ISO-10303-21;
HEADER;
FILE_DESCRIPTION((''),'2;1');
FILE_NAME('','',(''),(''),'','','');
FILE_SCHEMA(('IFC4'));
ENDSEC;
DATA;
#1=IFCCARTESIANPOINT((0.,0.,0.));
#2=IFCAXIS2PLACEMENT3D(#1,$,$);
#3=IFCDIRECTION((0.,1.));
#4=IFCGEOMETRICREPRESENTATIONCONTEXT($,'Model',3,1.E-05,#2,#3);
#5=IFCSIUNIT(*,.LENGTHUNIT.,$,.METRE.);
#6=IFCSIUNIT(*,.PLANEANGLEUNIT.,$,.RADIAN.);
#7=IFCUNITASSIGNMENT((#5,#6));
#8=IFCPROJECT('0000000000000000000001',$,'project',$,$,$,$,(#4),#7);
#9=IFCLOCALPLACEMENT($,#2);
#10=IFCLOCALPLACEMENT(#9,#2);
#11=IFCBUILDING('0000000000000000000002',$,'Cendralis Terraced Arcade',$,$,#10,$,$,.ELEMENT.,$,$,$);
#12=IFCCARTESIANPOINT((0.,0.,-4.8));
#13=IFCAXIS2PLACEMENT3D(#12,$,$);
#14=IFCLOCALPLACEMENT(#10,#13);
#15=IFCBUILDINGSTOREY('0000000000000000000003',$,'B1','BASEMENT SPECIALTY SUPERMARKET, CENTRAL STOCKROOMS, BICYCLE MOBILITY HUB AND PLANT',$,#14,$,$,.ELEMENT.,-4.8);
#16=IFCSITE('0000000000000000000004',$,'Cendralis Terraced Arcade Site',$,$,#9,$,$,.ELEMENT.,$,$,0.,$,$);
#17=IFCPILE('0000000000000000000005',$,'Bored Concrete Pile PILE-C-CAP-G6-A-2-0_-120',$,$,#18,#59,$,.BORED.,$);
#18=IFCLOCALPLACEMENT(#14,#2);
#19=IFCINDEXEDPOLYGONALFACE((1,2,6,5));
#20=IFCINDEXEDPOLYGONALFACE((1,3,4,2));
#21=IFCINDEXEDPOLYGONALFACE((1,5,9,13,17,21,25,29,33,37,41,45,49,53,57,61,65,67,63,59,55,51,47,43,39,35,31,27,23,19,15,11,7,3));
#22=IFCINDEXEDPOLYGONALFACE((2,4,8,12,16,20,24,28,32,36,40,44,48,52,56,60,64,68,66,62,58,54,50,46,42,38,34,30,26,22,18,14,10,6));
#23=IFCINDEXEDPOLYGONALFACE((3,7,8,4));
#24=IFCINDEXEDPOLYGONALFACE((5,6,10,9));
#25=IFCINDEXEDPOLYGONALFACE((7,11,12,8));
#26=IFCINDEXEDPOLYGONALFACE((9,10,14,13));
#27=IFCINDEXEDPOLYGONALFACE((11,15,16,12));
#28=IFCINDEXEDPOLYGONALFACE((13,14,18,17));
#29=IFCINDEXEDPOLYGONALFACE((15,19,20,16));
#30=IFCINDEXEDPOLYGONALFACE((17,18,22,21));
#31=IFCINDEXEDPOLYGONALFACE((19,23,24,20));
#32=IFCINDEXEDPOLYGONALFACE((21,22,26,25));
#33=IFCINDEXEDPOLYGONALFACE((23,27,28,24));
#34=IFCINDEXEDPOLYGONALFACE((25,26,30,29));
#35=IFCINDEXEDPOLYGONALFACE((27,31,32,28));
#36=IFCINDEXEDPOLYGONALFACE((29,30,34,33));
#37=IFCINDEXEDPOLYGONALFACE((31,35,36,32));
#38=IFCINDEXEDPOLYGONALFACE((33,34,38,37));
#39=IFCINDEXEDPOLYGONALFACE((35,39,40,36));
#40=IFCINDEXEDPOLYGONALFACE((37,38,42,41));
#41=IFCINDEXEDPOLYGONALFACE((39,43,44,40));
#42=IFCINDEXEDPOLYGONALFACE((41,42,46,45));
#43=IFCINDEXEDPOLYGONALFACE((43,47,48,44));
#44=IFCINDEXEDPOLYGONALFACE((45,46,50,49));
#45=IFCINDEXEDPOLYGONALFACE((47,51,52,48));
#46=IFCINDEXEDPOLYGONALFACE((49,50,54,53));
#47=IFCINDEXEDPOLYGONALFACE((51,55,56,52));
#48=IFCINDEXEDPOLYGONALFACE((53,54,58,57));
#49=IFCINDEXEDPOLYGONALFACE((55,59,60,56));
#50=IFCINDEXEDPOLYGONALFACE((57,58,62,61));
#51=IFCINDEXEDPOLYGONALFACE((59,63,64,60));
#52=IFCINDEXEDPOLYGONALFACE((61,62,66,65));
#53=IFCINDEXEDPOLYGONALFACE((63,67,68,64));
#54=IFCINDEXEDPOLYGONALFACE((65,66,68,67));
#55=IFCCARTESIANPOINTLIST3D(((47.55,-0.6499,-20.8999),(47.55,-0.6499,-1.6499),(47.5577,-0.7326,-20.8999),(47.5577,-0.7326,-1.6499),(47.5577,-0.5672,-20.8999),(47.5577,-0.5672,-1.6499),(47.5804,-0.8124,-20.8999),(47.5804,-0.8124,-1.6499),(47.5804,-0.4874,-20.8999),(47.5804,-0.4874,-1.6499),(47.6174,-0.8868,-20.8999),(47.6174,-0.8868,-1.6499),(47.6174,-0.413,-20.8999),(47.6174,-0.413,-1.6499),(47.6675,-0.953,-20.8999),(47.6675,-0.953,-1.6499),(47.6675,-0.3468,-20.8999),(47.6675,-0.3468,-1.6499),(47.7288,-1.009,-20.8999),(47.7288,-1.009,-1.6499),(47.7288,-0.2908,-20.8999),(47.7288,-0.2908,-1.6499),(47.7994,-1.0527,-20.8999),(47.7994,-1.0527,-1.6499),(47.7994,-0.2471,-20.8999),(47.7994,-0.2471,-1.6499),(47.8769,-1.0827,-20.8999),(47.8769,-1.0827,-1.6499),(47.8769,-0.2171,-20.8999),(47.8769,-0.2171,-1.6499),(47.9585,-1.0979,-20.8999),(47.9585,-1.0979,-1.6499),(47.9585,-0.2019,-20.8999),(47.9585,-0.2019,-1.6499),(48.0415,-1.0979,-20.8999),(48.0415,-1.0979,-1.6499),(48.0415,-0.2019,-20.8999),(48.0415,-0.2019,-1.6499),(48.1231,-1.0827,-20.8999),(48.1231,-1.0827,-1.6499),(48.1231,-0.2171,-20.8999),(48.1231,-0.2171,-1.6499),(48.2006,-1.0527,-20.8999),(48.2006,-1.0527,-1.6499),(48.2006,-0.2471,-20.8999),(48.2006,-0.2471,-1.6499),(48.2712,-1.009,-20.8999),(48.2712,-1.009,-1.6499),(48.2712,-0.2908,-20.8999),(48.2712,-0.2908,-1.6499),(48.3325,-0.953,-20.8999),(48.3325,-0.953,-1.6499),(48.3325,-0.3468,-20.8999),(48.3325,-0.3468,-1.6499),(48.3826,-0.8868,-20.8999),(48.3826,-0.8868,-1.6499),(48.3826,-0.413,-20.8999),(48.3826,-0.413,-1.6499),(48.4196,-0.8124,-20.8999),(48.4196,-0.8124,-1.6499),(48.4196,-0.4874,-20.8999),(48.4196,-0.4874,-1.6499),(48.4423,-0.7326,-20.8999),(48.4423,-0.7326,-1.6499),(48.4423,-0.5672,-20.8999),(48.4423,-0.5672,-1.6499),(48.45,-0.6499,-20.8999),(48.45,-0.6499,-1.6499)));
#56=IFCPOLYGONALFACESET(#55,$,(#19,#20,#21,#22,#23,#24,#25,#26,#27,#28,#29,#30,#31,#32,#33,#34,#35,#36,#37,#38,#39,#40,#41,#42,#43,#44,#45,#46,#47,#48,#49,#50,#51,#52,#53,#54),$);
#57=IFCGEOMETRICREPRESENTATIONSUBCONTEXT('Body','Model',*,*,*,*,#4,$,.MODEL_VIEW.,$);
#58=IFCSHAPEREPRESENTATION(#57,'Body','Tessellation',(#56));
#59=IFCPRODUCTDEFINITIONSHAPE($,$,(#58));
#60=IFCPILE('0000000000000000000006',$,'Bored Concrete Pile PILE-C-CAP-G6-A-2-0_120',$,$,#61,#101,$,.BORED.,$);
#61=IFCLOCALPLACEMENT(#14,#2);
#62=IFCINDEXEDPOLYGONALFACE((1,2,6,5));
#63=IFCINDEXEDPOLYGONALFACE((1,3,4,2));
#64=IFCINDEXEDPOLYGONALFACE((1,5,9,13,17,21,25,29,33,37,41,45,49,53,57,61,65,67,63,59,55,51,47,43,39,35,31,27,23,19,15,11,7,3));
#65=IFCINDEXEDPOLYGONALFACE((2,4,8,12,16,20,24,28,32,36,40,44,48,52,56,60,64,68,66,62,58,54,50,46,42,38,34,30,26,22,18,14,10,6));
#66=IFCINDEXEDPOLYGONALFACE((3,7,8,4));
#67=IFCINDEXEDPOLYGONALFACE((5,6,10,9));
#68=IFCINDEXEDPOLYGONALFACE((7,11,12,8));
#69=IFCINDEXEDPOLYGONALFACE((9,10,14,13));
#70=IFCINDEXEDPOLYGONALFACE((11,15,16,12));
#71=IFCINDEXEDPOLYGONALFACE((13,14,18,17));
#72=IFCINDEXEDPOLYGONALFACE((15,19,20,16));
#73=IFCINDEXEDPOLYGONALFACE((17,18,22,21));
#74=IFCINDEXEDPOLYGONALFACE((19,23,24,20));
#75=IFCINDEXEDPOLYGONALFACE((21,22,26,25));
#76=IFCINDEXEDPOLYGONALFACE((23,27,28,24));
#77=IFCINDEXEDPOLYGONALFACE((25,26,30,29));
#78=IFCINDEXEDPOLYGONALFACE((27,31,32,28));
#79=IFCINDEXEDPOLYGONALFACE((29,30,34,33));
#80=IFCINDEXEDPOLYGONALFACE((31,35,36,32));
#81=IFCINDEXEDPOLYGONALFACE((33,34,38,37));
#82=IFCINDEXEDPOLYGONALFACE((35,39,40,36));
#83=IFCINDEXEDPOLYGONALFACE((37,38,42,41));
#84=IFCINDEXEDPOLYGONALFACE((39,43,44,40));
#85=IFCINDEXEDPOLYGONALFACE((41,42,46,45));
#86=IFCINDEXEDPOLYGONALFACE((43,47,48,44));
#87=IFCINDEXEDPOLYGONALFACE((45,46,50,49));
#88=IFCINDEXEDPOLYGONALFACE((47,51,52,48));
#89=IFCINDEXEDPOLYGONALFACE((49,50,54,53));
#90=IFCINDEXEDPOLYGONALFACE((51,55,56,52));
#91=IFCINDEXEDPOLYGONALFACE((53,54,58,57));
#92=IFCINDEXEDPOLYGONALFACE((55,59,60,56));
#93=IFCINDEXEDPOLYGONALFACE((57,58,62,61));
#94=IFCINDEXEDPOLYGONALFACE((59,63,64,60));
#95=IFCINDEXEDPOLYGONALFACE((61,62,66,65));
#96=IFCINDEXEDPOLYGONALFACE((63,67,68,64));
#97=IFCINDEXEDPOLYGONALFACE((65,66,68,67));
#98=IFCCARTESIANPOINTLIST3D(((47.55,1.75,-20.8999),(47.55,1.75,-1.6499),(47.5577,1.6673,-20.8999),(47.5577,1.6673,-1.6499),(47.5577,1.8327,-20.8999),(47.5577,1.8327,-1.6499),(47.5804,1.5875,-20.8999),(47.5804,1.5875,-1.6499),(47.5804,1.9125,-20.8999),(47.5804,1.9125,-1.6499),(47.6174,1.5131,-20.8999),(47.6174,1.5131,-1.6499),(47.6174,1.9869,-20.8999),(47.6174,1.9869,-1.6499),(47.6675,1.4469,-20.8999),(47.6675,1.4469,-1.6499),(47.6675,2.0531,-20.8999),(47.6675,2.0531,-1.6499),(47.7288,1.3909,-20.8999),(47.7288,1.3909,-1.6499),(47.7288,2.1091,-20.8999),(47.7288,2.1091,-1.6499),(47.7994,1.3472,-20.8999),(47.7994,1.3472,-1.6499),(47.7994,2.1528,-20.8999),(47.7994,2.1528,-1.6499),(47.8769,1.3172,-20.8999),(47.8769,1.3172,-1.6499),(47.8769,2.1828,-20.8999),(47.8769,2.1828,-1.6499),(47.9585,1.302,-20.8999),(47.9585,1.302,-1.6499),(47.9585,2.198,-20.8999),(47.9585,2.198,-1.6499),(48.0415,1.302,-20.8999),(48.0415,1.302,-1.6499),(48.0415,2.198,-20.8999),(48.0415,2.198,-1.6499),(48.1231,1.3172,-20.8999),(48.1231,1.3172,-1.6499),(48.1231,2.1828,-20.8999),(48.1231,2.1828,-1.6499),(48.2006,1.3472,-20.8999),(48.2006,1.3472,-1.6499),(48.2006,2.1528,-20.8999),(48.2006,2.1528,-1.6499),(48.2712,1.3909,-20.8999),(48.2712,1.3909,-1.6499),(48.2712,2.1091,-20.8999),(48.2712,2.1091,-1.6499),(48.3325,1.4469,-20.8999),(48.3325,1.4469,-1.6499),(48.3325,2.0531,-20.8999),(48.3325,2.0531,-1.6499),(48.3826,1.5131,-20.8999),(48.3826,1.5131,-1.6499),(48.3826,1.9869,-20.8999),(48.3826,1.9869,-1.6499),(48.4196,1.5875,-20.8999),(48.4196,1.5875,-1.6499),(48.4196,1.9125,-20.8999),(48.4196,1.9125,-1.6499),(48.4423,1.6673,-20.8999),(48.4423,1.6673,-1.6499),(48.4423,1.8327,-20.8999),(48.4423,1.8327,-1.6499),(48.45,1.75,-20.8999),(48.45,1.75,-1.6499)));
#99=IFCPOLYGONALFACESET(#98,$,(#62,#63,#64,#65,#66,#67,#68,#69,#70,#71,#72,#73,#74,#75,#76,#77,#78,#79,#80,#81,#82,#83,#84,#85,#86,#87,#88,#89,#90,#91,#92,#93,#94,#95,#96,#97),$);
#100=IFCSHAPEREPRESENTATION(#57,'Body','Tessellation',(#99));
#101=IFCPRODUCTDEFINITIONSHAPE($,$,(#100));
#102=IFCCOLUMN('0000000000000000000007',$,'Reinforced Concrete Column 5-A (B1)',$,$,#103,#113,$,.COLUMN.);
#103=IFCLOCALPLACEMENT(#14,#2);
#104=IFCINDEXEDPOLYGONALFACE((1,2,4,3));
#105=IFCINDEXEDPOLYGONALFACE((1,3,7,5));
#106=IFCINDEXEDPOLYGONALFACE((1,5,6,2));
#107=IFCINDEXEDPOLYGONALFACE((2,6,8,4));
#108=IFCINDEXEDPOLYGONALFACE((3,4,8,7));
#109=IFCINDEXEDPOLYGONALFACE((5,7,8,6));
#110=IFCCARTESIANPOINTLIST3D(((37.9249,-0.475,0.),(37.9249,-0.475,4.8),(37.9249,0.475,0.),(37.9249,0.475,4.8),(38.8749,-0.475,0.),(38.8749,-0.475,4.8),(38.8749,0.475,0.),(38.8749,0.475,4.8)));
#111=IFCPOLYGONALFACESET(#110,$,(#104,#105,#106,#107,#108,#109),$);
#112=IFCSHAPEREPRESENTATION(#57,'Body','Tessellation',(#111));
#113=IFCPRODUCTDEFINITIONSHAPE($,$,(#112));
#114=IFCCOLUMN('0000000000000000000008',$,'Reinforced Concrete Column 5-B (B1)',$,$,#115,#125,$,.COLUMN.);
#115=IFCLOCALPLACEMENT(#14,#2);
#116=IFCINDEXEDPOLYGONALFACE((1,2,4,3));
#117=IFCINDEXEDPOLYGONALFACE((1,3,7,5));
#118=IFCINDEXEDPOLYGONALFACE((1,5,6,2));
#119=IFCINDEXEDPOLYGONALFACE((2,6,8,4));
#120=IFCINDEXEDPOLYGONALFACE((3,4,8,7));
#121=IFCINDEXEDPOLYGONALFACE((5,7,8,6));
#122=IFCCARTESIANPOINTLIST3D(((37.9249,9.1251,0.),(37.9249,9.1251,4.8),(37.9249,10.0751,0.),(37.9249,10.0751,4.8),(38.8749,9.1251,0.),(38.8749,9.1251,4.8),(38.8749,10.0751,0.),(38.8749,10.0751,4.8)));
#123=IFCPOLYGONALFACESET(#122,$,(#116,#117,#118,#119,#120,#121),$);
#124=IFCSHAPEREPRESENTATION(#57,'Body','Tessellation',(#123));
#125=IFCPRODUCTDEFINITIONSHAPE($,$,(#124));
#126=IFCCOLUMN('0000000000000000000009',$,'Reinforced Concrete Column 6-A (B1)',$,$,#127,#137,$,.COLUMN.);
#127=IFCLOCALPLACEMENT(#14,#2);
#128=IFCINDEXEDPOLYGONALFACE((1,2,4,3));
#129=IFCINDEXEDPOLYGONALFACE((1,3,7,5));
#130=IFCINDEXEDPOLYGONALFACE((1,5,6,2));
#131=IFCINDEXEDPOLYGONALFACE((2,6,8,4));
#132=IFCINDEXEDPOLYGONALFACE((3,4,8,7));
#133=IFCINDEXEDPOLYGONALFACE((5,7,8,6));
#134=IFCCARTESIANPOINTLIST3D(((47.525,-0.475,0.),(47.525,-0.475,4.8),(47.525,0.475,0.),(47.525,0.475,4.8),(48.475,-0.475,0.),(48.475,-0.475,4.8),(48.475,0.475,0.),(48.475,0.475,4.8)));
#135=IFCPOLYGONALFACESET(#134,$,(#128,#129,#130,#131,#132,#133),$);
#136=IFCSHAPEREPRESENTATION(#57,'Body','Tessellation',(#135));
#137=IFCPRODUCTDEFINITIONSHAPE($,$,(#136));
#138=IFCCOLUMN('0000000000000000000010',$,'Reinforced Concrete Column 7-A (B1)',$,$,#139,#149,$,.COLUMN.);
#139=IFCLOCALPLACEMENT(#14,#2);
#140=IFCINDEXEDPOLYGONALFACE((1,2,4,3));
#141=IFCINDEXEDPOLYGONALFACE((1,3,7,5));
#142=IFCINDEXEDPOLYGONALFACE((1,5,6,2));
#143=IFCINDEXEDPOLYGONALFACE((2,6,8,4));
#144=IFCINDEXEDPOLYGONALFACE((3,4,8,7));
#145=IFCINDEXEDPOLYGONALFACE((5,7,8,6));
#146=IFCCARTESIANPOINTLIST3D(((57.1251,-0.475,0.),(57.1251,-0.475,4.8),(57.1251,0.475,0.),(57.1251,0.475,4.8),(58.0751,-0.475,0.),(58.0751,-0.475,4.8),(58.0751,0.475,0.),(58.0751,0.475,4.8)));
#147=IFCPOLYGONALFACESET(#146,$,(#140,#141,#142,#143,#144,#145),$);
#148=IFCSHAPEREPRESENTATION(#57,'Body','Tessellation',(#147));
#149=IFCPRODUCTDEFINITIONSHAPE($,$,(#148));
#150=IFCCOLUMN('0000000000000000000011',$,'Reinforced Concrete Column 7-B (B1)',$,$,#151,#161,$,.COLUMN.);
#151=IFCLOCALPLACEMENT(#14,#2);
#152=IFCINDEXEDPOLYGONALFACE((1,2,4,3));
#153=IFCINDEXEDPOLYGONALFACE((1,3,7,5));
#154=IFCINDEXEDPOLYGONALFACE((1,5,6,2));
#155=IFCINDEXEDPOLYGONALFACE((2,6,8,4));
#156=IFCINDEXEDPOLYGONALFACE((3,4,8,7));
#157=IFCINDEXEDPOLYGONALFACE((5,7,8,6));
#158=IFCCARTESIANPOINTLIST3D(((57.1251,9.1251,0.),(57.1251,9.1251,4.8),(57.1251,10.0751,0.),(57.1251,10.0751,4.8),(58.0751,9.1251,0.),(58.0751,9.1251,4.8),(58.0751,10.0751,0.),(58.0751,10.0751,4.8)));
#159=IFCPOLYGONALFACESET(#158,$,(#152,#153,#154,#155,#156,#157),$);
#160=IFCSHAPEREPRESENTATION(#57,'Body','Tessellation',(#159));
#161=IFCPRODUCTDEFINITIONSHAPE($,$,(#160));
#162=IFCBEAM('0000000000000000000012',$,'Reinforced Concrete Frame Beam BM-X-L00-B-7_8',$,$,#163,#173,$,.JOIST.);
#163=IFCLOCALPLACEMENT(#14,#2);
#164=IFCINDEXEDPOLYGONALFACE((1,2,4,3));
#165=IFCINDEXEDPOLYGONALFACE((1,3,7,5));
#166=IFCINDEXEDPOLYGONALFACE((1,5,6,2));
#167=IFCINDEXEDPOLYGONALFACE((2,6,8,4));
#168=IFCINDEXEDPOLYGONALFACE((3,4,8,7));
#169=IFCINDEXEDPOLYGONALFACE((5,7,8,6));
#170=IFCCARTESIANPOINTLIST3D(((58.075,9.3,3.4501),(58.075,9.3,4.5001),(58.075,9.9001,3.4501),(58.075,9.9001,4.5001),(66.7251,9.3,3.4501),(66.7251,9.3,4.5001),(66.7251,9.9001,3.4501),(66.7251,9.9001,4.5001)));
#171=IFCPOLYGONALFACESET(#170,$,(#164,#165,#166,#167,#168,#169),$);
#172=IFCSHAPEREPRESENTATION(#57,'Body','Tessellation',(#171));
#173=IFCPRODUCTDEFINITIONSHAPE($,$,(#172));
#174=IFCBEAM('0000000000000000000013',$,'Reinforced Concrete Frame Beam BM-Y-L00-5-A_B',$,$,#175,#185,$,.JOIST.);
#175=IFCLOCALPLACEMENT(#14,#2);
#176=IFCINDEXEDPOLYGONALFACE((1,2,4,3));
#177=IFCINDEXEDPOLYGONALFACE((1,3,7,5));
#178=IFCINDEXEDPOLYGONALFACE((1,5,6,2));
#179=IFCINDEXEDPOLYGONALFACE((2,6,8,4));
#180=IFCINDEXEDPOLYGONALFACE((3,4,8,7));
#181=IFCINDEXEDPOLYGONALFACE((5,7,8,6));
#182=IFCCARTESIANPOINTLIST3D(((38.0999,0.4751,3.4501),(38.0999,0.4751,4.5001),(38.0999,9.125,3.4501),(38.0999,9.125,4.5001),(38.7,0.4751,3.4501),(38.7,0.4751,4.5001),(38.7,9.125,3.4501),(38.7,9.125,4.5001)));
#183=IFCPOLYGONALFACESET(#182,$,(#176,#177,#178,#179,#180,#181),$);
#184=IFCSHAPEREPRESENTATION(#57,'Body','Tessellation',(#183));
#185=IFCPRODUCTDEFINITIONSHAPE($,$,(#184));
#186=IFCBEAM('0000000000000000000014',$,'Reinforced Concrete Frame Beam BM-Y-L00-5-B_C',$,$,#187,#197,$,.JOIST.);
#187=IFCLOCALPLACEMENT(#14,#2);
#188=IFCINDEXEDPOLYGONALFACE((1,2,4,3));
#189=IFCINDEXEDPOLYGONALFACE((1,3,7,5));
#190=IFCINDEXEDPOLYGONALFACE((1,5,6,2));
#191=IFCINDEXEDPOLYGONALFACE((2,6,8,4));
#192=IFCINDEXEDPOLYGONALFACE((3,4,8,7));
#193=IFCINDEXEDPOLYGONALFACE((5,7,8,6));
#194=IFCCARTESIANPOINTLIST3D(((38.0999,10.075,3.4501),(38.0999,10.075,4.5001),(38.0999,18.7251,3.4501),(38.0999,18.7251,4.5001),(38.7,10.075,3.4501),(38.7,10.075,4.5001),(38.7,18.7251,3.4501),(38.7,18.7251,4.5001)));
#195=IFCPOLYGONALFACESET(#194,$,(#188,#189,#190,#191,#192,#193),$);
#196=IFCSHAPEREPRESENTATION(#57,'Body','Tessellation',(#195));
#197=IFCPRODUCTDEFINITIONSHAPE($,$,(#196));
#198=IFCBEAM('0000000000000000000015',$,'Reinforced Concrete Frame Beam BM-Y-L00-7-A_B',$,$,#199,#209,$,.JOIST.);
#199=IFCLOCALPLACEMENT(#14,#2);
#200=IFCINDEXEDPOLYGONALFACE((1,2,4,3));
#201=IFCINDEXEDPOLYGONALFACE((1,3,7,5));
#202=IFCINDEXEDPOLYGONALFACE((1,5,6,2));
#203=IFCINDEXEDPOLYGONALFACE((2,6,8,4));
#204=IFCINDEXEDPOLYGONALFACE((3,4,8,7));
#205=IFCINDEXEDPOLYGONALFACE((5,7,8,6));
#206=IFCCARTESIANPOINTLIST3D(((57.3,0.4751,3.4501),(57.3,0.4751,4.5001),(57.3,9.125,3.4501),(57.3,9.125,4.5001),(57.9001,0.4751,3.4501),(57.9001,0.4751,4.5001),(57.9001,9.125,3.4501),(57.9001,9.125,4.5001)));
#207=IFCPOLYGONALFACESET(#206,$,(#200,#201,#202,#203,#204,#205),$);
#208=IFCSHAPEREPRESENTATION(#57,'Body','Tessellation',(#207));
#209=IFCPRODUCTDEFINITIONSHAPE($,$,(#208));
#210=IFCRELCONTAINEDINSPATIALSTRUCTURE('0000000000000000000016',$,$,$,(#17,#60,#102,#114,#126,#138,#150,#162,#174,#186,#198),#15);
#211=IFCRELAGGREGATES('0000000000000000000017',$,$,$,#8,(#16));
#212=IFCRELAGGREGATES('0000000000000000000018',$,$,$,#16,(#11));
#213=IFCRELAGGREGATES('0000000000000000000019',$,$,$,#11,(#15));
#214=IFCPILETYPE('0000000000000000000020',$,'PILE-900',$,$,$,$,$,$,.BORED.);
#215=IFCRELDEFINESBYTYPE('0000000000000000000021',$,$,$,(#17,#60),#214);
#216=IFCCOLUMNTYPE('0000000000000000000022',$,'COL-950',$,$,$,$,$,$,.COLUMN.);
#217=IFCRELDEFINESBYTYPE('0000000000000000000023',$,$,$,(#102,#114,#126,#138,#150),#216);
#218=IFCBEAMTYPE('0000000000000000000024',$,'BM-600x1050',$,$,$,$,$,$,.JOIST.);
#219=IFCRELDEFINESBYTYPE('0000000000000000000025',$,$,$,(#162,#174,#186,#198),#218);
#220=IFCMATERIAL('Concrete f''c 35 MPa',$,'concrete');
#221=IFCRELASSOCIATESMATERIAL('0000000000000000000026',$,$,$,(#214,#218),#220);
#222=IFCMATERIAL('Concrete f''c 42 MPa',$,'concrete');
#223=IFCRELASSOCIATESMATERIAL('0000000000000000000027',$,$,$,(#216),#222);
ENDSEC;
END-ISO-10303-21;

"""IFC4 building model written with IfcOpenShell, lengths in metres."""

from ifc_helpers import new_model, si_unit, direction, frame, origin, origin_2d, place, context, subcontext, project, spatial, rectangle, circle, extrude, material, material_profile, profile_set, type_object, element, save


model = new_model("IFC4")

# Units and contexts
model_context = context("Model", 3, precision=1e-05, world=origin(), true_north=direction((0.0, 1.0)))
body_context = subcontext(model_context, "Body", "Model", "MODEL_VIEW")
ifc_project = project(units=[si_unit("LENGTHUNIT", "METRE"), si_unit("PLANEANGLEUNIT", "RADIAN")], contexts=[model_context])

# Site, building, storey
site_placement = place(None, origin())
site = spatial("IfcSite", under=ifc_project, at=site_placement, Name="Cendralis Terraced Arcade Site", CompositionType="ELEMENT", RefElevation=0.0)
building_placement = place(site_placement, origin())
building = spatial("IfcBuilding", under=site, at=building_placement, Name="Cendralis Terraced Arcade", CompositionType="ELEMENT")
storey_placement = place(building_placement, frame((0.0, 0.0, -4.8)))
storey = spatial("IfcBuildingStorey", under=building, at=storey_placement, Name="B1", Description="BASEMENT SPECIALTY SUPERMARKET, CENTRAL STOCKROOMS, BICYCLE MOBILITY HUB AND PLANT", CompositionType="ELEMENT", Elevation=-4.8)

# Shared definitions
ifc_material_1 = material(Name="Concrete f'c 35 MPa", Category="concrete")

# Piles
ifc_material_profile_1 = material_profile(ifc_material_1, circle(Radius=0.45, at=origin_2d()), Name="PILE-D900", Category="LoadBearing")
ifc_profile_set_1 = profile_set([ifc_material_profile_1], Name="Concrete f'c 35 MPa")
pile_type_1 = type_object("IfcPileType", Name="PILE-900", PredefinedType="BORED", material=ifc_profile_set_1)
for number, where, z_axis, x_axis, name in (
    (1, (48.0, -0.6499, -1.6499), (0.0, 0.0, -1.0), (1.0, 0.0, 0.0), "Bored Concrete Pile PILE-C-CAP-G6-A-2-0_-120"),
    (2, (48.0, 1.75, -1.6499), (0.0, 0.0, -1.0), (1.0, 0.0, 0.0), "Bored Concrete Pile PILE-C-CAP-G6-A-2-0_120"),
):
    element("IfcPile", number, at=place(storey_placement, frame(where, z_axis=z_axis, x_axis=x_axis)), inside=storey, type_object=pile_type_1, Name=name, PredefinedType="BORED", context=body_context, shape_type="SweptSolid", body=[
        extrude(circle(Radius=0.45, at=origin_2d()), origin(), (0.0, 0.0, 1.0), 19.25),
    ])

# Columns
ifc_material_2 = material(Name="Concrete f'c 42 MPa", Category="concrete")
ifc_material_profile_2 = material_profile(ifc_material_2, rectangle(XDim=0.95, YDim=0.95, at=origin_2d()), Name="RC-COL-950x950", Category="LoadBearing")
ifc_profile_set_2 = profile_set([ifc_material_profile_2], Name="Concrete f'c 42 MPa")
column_type = type_object("IfcColumnType", Name="COL-950", PredefinedType="COLUMN", material=ifc_profile_set_2)
for number, where, z_axis, x_axis, name in (
    (3, (38.3999, 0.0, 0.0), (0.0, 0.0, 1.0), (1.0, 0.0, 0.0), "Reinforced Concrete Column 5-A (B1)"),
    (4, (38.3999, 9.6001, 0.0), (0.0, 0.0, 1.0), (1.0, 0.0, 0.0), "Reinforced Concrete Column 5-B (B1)"),
    (5, (48.0, 0.0, 0.0), (0.0, 0.0, 1.0), (1.0, 0.0, 0.0), "Reinforced Concrete Column 6-A (B1)"),
    (6, (57.6001, 0.0, 0.0), (0.0, 0.0, 1.0), (1.0, 0.0, 0.0), "Reinforced Concrete Column 7-A (B1)"),
    (7, (57.6001, 9.6001, 0.0), (0.0, 0.0, 1.0), (1.0, 0.0, 0.0), "Reinforced Concrete Column 7-B (B1)"),
):
    element("IfcColumn", number, at=place(storey_placement, frame(where, z_axis=z_axis, x_axis=x_axis)), inside=storey, type_object=column_type, Name=name, PredefinedType="COLUMN", context=body_context, shape_type="SweptSolid", body=[
        extrude(rectangle(XDim=0.95, YDim=0.95, at=origin_2d()), origin(), (0.0, 0.0, 1.0), 4.8),
    ])

# Beams
ifc_material_profile_3 = material_profile(ifc_material_1, rectangle(XDim=0.6001, YDim=1.05, at=origin_2d()), Name="RC-BM-600x1050", Category="LoadBearing")
ifc_profile_set_3 = profile_set([ifc_material_profile_3], Name="Concrete f'c 35 MPa")
beam_type = type_object("IfcBeamType", Name="BM-600x1050", PredefinedType="JOIST", material=ifc_profile_set_3)
beam_1_placement = place(storey_placement, frame((58.075, 9.6001, 3.9751), z_axis=(1.0, 0.0, 0.0), x_axis=(0.0, 1.0, 0.0)))
element("IfcBeam", 8, at=beam_1_placement, inside=storey, type_object=beam_type, Name="Reinforced Concrete Frame Beam BM-X-L00-B-7_8", PredefinedType="JOIST", context=body_context, shape_type="SweptSolid", body=[
    extrude(rectangle(XDim=0.6001, YDim=1.05, at=origin_2d()), origin(), (0.0, 0.0, 1.0), 8.6501),
])
beam_2_placement = place(storey_placement, frame((38.3999, 0.4751, 3.9751), z_axis=(0.0, 1.0, 0.0), x_axis=(-1.0, 0.0, 0.0)))
element("IfcBeam", 9, at=beam_2_placement, inside=storey, type_object=beam_type, Name="Reinforced Concrete Frame Beam BM-Y-L00-5-A_B", PredefinedType="JOIST", context=body_context, shape_type="SweptSolid", body=[
    extrude(rectangle(XDim=0.6001, YDim=1.05, at=origin_2d()), origin(), (0.0, 0.0, 1.0), 8.6499),
])
beam_3_placement = place(storey_placement, frame((38.3999, 10.075, 3.9751), z_axis=(0.0, 1.0, 0.0), x_axis=(-1.0, 0.0, 0.0)))
element("IfcBeam", 10, at=beam_3_placement, inside=storey, type_object=beam_type, Name="Reinforced Concrete Frame Beam BM-Y-L00-5-B_C", PredefinedType="JOIST", context=body_context, shape_type="SweptSolid", body=[
    extrude(rectangle(XDim=0.6001, YDim=1.05, at=origin_2d()), origin(), (0.0, 0.0, 1.0), 8.6501),
])
beam_4_placement = place(storey_placement, frame((57.6001, 0.4751, 3.9751), z_axis=(0.0, 1.0, 0.0), x_axis=(-1.0, 0.0, 0.0)))
element("IfcBeam", 11, at=beam_4_placement, inside=storey, type_object=beam_type, Name="Reinforced Concrete Frame Beam BM-Y-L00-7-A_B", PredefinedType="JOIST", context=body_context, shape_type="SweptSolid", body=[
    extrude(rectangle(XDim=0.6001, YDim=1.05, at=origin_2d()), origin(), (0.0, 0.0, 1.0), 8.6499),
])

save(model, "model.ifc")
